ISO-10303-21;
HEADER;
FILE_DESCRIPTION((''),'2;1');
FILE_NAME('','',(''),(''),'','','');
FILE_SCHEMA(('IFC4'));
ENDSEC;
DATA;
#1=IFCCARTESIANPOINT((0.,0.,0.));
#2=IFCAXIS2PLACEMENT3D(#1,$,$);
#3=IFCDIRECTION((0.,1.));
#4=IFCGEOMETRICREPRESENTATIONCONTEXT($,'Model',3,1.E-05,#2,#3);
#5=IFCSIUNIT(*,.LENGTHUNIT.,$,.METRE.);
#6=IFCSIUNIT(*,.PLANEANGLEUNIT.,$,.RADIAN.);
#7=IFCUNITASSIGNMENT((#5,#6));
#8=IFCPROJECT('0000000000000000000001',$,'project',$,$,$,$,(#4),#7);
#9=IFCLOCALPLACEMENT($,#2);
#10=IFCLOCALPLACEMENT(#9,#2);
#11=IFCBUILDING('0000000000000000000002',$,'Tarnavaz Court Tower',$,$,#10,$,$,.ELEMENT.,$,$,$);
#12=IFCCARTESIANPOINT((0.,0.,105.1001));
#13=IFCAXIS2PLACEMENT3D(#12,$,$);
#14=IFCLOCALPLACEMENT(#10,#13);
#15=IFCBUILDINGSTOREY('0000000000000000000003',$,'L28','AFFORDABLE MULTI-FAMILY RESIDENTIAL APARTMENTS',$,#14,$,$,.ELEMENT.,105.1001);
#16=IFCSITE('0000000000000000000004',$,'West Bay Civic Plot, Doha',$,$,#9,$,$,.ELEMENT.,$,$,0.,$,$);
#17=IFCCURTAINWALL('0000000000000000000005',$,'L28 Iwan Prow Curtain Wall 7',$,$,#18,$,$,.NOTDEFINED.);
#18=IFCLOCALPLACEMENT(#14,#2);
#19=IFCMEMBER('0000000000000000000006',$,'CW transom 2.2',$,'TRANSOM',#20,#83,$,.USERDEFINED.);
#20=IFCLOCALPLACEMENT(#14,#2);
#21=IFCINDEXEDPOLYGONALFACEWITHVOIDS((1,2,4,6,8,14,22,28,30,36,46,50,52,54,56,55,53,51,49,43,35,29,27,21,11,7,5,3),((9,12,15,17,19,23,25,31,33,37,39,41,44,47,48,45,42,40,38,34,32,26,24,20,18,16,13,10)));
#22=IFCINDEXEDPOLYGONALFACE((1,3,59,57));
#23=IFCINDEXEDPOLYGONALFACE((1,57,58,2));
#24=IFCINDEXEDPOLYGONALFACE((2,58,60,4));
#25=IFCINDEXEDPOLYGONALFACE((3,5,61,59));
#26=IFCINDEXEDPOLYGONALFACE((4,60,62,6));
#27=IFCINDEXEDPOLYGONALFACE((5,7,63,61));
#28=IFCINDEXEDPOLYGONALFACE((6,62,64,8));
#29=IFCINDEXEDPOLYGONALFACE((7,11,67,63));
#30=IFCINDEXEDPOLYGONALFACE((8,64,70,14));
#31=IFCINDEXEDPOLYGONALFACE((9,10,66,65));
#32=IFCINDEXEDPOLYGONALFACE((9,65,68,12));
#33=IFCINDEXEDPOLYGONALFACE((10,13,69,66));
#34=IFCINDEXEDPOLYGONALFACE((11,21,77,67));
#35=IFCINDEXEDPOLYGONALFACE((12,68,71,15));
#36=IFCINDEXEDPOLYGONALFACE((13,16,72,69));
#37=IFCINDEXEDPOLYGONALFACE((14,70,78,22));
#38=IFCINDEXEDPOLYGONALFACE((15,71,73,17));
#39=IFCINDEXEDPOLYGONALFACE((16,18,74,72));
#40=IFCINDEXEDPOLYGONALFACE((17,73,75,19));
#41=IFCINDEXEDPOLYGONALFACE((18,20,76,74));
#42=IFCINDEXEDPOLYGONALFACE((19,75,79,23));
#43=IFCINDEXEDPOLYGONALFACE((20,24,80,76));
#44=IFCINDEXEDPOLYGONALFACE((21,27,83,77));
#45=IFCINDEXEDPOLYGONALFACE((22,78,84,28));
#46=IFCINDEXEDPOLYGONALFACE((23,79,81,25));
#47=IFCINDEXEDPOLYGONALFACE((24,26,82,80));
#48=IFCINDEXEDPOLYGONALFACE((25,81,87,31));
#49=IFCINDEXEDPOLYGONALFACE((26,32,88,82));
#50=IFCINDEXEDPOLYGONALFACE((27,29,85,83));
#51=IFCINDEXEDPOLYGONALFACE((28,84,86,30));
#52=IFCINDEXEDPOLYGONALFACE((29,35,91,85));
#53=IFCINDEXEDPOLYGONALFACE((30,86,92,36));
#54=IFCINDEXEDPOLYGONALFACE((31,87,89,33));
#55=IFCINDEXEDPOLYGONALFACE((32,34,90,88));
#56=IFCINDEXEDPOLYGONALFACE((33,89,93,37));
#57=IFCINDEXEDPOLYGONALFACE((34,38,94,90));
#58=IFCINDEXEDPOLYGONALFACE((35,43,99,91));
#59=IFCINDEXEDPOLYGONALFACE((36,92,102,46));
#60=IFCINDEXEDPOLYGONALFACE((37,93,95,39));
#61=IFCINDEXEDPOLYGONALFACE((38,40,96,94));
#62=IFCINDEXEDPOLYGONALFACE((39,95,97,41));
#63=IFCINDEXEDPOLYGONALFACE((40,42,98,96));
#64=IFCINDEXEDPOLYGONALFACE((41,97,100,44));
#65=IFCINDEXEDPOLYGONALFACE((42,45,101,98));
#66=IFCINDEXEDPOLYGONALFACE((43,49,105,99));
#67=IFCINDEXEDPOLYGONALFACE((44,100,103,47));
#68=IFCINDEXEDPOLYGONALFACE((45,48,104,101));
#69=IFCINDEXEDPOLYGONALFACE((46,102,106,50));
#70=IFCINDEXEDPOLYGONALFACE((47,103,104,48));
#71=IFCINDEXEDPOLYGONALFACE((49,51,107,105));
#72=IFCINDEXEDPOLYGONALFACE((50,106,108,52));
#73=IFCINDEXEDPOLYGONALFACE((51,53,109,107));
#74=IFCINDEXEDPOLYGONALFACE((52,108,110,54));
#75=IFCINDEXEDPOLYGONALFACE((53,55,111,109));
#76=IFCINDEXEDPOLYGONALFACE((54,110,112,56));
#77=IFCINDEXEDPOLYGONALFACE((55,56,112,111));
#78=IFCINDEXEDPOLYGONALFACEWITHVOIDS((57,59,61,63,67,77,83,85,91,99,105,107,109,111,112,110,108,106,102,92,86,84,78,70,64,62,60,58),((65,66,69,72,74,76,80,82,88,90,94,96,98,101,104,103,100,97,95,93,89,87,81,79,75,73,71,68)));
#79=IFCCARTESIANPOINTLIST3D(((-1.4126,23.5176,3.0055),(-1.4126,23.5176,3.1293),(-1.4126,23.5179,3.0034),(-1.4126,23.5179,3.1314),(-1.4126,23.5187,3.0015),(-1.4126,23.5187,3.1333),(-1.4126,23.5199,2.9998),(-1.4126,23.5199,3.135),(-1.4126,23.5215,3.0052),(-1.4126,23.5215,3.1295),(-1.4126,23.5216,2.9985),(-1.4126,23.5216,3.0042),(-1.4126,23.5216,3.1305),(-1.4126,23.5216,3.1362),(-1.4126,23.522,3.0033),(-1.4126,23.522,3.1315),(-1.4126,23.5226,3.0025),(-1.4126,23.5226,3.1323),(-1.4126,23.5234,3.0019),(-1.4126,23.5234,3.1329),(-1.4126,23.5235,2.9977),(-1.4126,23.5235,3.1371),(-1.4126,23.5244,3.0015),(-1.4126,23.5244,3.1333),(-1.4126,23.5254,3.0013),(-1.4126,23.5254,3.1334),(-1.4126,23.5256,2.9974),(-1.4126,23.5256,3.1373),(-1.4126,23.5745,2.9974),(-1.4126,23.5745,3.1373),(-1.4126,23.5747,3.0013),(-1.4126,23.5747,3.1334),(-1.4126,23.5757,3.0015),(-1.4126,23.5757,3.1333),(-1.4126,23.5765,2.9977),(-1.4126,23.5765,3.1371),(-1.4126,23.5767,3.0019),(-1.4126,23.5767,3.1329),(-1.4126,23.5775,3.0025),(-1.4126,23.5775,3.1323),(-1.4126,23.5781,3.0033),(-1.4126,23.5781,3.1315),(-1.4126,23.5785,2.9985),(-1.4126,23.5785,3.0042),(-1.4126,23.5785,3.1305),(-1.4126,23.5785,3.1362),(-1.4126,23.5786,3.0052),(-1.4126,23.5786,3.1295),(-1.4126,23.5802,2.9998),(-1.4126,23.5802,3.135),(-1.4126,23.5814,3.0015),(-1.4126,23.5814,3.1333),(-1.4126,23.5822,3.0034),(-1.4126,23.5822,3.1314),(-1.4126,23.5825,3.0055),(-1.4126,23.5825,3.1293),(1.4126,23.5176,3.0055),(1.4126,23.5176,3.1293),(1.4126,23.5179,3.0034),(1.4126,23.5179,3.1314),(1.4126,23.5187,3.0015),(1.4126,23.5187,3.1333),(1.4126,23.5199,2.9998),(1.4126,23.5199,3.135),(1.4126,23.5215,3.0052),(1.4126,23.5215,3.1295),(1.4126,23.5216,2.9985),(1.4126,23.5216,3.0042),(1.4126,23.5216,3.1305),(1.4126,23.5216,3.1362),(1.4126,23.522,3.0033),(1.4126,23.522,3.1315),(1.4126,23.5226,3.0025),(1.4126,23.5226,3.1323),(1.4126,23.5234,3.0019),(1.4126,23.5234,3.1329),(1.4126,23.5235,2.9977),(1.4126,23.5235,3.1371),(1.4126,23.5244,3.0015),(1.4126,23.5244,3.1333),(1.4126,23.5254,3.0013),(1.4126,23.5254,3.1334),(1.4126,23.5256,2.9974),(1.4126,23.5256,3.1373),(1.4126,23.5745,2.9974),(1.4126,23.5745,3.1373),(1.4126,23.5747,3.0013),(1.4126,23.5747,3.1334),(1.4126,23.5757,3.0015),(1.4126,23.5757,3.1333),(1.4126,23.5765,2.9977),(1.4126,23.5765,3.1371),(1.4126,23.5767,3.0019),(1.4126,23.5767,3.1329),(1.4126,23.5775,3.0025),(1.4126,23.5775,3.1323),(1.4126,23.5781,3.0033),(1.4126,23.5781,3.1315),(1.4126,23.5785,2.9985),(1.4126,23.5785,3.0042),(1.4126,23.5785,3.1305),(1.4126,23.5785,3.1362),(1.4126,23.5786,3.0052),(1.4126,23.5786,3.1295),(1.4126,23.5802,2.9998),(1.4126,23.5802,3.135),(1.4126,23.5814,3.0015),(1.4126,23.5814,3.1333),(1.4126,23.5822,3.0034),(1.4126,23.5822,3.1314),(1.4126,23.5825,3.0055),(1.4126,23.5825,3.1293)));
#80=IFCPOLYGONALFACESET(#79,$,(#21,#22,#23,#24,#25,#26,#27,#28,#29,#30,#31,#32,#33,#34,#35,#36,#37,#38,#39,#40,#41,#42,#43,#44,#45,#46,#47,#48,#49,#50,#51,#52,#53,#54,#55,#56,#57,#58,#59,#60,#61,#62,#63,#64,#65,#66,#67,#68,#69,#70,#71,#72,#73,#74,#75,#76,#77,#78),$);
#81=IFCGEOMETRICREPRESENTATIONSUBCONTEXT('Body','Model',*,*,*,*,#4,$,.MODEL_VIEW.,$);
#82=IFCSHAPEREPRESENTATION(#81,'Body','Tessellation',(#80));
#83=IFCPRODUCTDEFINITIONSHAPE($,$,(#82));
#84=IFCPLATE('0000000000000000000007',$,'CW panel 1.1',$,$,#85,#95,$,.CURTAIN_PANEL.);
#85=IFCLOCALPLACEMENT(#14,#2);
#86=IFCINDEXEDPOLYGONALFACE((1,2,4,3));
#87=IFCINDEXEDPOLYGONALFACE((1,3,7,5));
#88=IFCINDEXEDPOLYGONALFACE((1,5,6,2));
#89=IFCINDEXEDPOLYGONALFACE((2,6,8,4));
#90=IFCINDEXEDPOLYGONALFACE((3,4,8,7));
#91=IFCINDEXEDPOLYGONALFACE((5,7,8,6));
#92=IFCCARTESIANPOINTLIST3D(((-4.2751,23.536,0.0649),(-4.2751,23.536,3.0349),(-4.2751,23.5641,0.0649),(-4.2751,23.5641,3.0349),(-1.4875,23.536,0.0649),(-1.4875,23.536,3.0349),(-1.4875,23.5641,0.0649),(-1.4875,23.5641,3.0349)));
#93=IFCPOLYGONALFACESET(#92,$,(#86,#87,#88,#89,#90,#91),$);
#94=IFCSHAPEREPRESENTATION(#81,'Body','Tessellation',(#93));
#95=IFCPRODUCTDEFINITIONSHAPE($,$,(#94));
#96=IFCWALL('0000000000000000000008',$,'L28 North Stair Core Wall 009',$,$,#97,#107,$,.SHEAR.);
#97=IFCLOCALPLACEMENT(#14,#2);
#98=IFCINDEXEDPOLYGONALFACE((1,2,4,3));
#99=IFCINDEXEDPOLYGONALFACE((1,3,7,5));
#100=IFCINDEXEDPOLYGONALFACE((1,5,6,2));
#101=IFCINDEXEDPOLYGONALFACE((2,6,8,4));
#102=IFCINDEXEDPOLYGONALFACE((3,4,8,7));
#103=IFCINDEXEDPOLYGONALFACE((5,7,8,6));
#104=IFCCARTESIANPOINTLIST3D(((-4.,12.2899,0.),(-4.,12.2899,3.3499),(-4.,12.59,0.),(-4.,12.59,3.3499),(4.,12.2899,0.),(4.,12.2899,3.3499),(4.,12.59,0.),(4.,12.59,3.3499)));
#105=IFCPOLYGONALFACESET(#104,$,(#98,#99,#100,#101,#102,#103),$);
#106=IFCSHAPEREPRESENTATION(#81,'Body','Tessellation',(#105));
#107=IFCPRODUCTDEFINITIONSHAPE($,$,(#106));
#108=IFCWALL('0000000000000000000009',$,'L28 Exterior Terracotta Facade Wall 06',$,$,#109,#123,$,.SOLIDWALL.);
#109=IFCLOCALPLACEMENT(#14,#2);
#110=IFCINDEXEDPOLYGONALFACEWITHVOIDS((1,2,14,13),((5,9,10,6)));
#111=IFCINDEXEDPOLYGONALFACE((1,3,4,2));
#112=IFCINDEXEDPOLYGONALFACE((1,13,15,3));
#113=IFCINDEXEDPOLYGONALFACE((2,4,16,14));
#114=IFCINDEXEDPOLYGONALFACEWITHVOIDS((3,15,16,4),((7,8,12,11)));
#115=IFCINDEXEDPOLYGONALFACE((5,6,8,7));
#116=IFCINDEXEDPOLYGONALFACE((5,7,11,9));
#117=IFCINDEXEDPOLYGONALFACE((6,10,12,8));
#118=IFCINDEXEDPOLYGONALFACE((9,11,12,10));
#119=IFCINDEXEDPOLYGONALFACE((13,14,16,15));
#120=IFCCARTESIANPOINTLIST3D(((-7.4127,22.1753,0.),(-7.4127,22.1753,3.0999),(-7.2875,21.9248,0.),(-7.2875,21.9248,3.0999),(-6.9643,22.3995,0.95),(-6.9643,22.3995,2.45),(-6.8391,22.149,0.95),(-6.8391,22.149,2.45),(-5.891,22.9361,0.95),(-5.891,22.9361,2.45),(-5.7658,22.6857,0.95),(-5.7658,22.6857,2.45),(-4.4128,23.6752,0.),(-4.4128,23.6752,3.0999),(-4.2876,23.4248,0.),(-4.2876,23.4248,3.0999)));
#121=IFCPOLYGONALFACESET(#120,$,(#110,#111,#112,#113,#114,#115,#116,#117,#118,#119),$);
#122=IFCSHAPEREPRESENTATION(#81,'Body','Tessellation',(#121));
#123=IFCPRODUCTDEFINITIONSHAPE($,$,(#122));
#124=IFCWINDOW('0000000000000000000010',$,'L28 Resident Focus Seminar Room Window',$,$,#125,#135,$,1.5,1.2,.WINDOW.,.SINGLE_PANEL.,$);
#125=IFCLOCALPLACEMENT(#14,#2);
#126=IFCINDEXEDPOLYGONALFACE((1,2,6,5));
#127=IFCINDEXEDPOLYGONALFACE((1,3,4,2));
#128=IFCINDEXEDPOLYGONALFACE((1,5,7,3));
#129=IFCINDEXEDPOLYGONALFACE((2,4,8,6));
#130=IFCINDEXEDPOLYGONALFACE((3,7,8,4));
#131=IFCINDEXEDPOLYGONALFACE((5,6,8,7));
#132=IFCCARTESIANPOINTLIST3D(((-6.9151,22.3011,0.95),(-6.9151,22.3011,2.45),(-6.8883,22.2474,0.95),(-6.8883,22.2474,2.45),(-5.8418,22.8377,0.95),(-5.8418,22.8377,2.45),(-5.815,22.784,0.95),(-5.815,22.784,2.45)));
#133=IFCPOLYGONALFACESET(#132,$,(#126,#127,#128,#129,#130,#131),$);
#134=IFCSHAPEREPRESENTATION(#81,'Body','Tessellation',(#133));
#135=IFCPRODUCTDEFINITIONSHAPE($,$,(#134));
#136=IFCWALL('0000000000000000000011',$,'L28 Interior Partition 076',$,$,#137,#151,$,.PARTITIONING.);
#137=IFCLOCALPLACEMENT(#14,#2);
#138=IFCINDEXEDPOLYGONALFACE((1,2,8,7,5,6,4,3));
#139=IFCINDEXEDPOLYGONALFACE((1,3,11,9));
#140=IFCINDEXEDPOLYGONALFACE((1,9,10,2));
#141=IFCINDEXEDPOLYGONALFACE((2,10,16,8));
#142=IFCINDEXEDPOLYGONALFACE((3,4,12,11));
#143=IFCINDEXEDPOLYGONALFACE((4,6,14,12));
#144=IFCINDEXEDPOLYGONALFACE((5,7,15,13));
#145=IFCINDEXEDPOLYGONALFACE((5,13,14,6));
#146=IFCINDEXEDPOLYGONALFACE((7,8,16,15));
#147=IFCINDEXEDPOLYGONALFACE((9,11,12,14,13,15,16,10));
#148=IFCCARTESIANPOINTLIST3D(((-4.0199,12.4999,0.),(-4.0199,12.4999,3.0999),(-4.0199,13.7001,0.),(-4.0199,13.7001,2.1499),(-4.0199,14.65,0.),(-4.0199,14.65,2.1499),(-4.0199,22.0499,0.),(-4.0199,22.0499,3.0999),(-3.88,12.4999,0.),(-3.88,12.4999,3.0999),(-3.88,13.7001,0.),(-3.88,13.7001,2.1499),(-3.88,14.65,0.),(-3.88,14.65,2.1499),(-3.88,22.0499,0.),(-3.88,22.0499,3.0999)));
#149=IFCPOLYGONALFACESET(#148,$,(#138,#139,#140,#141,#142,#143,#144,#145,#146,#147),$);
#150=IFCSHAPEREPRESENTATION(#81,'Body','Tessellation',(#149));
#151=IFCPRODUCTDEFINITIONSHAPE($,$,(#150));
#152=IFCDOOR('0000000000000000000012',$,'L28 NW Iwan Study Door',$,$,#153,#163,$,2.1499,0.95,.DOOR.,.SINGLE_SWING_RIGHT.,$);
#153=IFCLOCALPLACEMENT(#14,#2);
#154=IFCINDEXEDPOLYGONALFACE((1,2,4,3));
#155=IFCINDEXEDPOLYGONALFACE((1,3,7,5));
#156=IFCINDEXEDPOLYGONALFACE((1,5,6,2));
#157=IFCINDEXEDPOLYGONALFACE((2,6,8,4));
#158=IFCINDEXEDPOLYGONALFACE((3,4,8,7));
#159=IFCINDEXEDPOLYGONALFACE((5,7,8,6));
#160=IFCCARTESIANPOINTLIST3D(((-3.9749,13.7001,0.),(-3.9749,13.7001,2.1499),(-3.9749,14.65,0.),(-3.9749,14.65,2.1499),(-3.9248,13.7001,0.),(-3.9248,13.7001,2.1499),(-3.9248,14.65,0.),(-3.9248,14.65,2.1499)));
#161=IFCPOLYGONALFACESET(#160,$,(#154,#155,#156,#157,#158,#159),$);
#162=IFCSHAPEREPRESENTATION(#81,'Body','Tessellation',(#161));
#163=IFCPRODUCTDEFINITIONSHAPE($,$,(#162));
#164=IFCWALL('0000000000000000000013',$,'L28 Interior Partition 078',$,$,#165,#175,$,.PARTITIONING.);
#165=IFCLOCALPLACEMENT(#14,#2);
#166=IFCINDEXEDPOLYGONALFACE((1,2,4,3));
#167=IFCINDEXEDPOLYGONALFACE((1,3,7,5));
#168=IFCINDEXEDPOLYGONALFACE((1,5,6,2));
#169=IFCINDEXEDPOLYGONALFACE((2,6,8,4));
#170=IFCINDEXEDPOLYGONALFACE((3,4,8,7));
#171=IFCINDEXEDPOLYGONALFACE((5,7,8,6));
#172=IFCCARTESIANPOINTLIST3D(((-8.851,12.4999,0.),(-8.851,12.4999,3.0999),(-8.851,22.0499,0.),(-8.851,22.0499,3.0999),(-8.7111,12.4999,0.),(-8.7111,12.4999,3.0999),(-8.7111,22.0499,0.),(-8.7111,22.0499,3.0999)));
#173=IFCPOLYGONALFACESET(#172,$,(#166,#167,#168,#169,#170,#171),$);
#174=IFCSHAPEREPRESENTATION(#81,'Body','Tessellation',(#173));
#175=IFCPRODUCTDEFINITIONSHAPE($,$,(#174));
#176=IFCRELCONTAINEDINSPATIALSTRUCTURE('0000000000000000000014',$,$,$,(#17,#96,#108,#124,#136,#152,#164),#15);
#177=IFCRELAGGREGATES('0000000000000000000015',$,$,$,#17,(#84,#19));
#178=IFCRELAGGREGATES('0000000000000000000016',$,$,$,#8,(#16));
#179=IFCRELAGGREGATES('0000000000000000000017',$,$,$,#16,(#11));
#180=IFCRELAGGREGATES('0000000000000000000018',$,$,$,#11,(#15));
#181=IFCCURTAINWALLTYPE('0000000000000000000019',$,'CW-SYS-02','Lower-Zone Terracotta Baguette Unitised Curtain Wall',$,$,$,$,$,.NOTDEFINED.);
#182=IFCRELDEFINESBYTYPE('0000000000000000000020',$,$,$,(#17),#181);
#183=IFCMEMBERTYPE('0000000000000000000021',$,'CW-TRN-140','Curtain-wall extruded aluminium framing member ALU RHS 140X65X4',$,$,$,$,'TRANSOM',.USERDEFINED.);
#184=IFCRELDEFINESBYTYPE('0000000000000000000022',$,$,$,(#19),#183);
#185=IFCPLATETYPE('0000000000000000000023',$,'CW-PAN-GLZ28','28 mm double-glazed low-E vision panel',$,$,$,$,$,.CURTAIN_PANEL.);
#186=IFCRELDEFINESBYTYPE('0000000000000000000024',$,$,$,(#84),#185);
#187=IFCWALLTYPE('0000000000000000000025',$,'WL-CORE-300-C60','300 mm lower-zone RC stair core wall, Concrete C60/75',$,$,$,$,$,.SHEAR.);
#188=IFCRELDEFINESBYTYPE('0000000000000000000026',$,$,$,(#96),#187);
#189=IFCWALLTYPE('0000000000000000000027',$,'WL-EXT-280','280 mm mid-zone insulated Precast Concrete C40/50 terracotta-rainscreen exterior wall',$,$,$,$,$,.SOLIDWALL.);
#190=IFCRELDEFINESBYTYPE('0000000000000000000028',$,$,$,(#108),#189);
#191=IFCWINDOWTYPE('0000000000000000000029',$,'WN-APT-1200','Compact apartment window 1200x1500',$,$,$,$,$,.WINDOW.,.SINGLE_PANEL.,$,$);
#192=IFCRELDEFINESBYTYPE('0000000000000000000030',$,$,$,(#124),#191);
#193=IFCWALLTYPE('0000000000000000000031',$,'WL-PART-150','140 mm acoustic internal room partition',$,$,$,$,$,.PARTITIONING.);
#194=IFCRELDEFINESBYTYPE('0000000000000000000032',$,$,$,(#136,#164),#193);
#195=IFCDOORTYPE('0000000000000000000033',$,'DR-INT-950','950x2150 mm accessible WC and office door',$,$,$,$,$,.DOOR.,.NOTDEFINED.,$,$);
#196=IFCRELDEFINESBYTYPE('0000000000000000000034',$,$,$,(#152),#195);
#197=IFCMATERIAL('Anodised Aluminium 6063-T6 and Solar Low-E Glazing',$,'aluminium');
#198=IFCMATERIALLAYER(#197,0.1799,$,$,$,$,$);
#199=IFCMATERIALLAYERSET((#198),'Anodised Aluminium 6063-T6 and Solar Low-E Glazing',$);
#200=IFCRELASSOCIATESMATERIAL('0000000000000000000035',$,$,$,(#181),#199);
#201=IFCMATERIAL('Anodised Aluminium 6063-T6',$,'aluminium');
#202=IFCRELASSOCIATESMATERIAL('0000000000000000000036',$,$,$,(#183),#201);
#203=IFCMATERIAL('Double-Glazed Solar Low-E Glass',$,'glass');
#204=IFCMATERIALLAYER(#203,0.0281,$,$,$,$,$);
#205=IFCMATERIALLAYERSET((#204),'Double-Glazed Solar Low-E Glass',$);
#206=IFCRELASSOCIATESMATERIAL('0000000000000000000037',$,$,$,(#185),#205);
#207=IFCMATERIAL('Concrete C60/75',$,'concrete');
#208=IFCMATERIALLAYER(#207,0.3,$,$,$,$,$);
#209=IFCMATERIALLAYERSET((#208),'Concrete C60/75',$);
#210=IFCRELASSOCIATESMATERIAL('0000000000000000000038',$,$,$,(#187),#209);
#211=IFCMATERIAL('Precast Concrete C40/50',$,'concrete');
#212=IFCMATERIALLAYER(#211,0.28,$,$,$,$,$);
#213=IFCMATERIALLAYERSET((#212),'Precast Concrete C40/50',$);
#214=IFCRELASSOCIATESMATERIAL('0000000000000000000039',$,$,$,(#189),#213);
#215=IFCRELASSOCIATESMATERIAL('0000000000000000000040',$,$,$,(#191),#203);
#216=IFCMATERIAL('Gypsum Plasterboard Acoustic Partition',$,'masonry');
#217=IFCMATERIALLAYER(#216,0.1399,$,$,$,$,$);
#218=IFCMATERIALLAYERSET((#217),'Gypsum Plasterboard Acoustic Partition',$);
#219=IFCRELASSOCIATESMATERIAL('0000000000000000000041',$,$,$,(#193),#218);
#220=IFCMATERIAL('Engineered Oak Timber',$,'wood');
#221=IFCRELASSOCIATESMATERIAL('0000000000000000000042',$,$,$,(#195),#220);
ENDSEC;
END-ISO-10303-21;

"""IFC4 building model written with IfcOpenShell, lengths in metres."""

from ifc_helpers import new_model, si_unit, direction, frame, frame_2d, origin, origin_2d, place, context, subcontext, project, spatial, rectangle, hollow_rectangle, extrude, material, layer, layer_set, material_profile, profile_set, type_object, element, fill, aggregate, save


model = new_model("IFC4")

# Units and contexts
model_context = context("Model", 3, precision=1e-05, world=origin(), true_north=direction((0.0, 1.0)))
body_context = subcontext(model_context, "Body", "Model", "MODEL_VIEW")
ifc_project = project(units=[si_unit("LENGTHUNIT", "METRE"), si_unit("PLANEANGLEUNIT", "RADIAN")], contexts=[model_context])

# Site, building, storey
site_placement = place(None, origin())
site = spatial("IfcSite", under=ifc_project, at=site_placement, Name="West Bay Civic Plot, Doha", CompositionType="ELEMENT", RefElevation=0.0)
building_placement = place(site_placement, origin())
building = spatial("IfcBuilding", under=site, at=building_placement, Name="Tarnavaz Court Tower", CompositionType="ELEMENT")
storey_placement = place(building_placement, frame((0.0, 0.0, 105.1001)))
storey = spatial("IfcBuildingStorey", under=building, at=storey_placement, Name="L28", Description="AFFORDABLE MULTI-FAMILY RESIDENTIAL APARTMENTS", CompositionType="ELEMENT", Elevation=105.1001)

# Shared definitions
ifc_material_1 = material(Name="Concrete C60/75", Category="concrete")

# Curtain wall, member, plate
ifc_material_2 = material(Name="Anodised Aluminium 6063-T6 and Solar Low-E Glazing", Category="aluminium")
ifc_layer_1 = layer(ifc_material_2, 0.1799)
ifc_layer_set_1 = layer_set([ifc_layer_1], Name="Anodised Aluminium 6063-T6 and Solar Low-E Glazing")
curtain_wall_type = type_object("IfcCurtainWallType", Name="CW-SYS-02", Description="Lower-Zone Terracotta Baguette Unitised Curtain Wall", PredefinedType="NOTDEFINED", material=ifc_layer_set_1)
curtain_wall_placement = place(storey_placement, origin())
curtain_wall = element("IfcCurtainWall", 1, at=curtain_wall_placement, inside=storey, type_object=curtain_wall_type, Name="L28 Iwan Prow Curtain Wall 7", PredefinedType="NOTDEFINED")
ifc_material_3 = material(Name="Anodised Aluminium 6063-T6", Category="aluminium")
ifc_material_profile_1 = material_profile(ifc_material_3, hollow_rectangle(XDim=0.0649, YDim=0.1399, WallThickness=0.0039, InnerFilletRadius=0.0039, OuterFilletRadius=0.0081, at=origin_2d()), Name="ALU RHS 140X65X4")
ifc_profile_set_1 = profile_set([ifc_material_profile_1], Name="Anodised Aluminium 6063-T6")
member_type_1 = type_object("IfcMemberType", Name="CW-TRN-140", Description="Curtain-wall extruded aluminium framing member ALU RHS 140X65X4", ElementType="TRANSOM", PredefinedType="USERDEFINED", material=ifc_profile_set_1)
member_1_placement = place(storey_placement, frame((-1.4126, 23.55, 3.0674), z_axis=(1.0, 0.0, 0.0), x_axis=(0.0, 1.0, 0.0)))
member_1 = element("IfcMember", 2, at=member_1_placement, type_object=member_type_1, Name="CW transom 2.2", ObjectType="TRANSOM", PredefinedType="USERDEFINED", context=body_context, shape_type="SweptSolid", body=[
    extrude(hollow_rectangle(XDim=0.0649, YDim=0.1399, WallThickness=0.0039, InnerFilletRadius=0.0039, OuterFilletRadius=0.0081, at=origin_2d()), origin(), (0.0, 0.0, 1.0), 2.8252),
])
ifc_material_4 = material(Name="Double-Glazed Solar Low-E Glass", Category="glass")
ifc_layer_2 = layer(ifc_material_4, 0.0281)
ifc_layer_set_2 = layer_set([ifc_layer_2], Name="Double-Glazed Solar Low-E Glass")
plate_type = type_object("IfcPlateType", Name="CW-PAN-GLZ28", Description="28 mm double-glazed low-E vision panel", PredefinedType="CURTAIN_PANEL", material=ifc_layer_set_2)
plate_placement = place(storey_placement, frame((-2.8813, 23.55, 0.0649), z_axis=(0.0, 0.0, 1.0), x_axis=(1.0, 0.0, 0.0)))
plate = element("IfcPlate", 3, at=plate_placement, type_object=plate_type, Name="CW panel 1.1", PredefinedType="CURTAIN_PANEL", context=body_context, shape_type="SweptSolid", body=[
    extrude(rectangle(XDim=2.7876, YDim=0.0281, at=origin_2d()), origin(), (0.0, 0.0, 1.0), 2.97),
])
aggregate(curtain_wall, [plate, member_1])

# Wall
ifc_layer_3 = layer(ifc_material_1, 0.3)
ifc_layer_set_3 = layer_set([ifc_layer_3], Name="Concrete C60/75")
wall_type_1 = type_object("IfcWallType", Name="WL-CORE-300-C60", Description="300 mm lower-zone RC stair core wall, Concrete C60/75", PredefinedType="SHEAR", material=ifc_layer_set_3)
wall_1_placement = place(storey_placement, frame((-4.0, 12.4399, 0.0), z_axis=(0.0, 0.0, 1.0), x_axis=(1.0, 0.0, 0.0)))
element("IfcWall", 4, at=wall_1_placement, inside=storey, type_object=wall_type_1, Name="L28 North Stair Core Wall 009", PredefinedType="SHEAR", context=body_context, shape_type="SweptSolid", body=[
    extrude(rectangle(XDim=8.0, YDim=0.3, at=frame_2d((4.0, 0.0))), origin(), (0.0, 0.0, 1.0), 3.3499),
])

# Wall, opening, window
ifc_material_5 = material(Name="Precast Concrete C40/50", Category="concrete")
ifc_layer_4 = layer(ifc_material_5, 0.28)
ifc_layer_set_4 = layer_set([ifc_layer_4], Name="Precast Concrete C40/50")
wall_type_2 = type_object("IfcWallType", Name="WL-EXT-280", Description="280 mm mid-zone insulated Precast Concrete C40/50 terracotta-rainscreen exterior wall", PredefinedType="SOLIDWALL", material=ifc_layer_set_4)
wall_2_placement = place(storey_placement, frame((-7.3501, 22.05, 0.0), z_axis=(0.0, 0.0, 1.0), x_axis=(0.894427, 0.447214, 0.0)))
wall_2 = element("IfcWall", 5, at=wall_2_placement, inside=storey, type_object=wall_type_2, Name="L28 Exterior Terracotta Facade Wall 06", PredefinedType="SOLIDWALL", context=body_context, shape_type="SweptSolid", body=[
    extrude(rectangle(XDim=3.354, YDim=0.28, at=frame_2d((1.677, 0.0))), origin(), (0.0, 0.0, 1.0), 3.0999),
])
opening_1_placement = place(wall_2_placement, frame((0.5012, 0.0, 0.95)))
opening_1 = element("IfcOpeningElement", 6, at=opening_1_placement, cuts=wall_2, PredefinedType="OPENING", context=body_context, shape_type="SweptSolid", body=[
    extrude(rectangle(XDim=1.2, YDim=1.5, at=frame_2d((0.6001, 0.75))), frame((0.0, 0.1499, 0.0), z_axis=(0.0, -1.0, 0.0), x_axis=(1.0, 0.0, 0.0)), (0.0, 0.0, 1.0), 0.3),
])
window_type = type_object("IfcWindowType", Name="WN-APT-1200", Description="Compact apartment window 1200x1500", PartitioningType="SINGLE_PANEL", PredefinedType="WINDOW", material=ifc_material_4)
window_placement = place(opening_1_placement, origin())
window = element("IfcWindow", 7, at=window_placement, inside=storey, type_object=window_type, Name="L28 Resident Focus Seminar Room Window", OverallHeight=1.5, OverallWidth=1.2, PartitioningType="SINGLE_PANEL", PredefinedType="WINDOW", context=body_context, shape_type="SweptSolid", body=[
    extrude(rectangle(XDim=1.2, YDim=1.5, at=frame_2d((0.6001, 0.75))), frame((0.0, 0.03, 0.0), z_axis=(0.0, -1.0, 0.0), x_axis=(1.0, 0.0, 0.0)), (0.0, 0.0, 1.0), 0.0601),
])
fill(opening_1, window)

# Wall, opening, door
ifc_material_6 = material(Name="Gypsum Plasterboard Acoustic Partition", Category="masonry")
ifc_layer_5 = layer(ifc_material_6, 0.1399)
ifc_layer_set_5 = layer_set([ifc_layer_5], Name="Gypsum Plasterboard Acoustic Partition")
wall_type_3 = type_object("IfcWallType", Name="WL-PART-150", Description="140 mm acoustic internal room partition", PredefinedType="PARTITIONING", material=ifc_layer_set_5)
wall_3_placement = place(storey_placement, frame((-3.95, 12.5, 0.0), z_axis=(0.0, 0.0, 1.0), x_axis=(0.0, 1.0, 0.0)))
wall_3 = element("IfcWall", 8, at=wall_3_placement, inside=storey, type_object=wall_type_3, Name="L28 Interior Partition 076", PredefinedType="PARTITIONING", context=body_context, shape_type="SweptSolid", body=[
    extrude(rectangle(XDim=9.55, YDim=0.1399, at=frame_2d((4.7749, 0.0))), origin(), (0.0, 0.0, 1.0), 3.0999),
])
opening_2_placement = place(wall_3_placement, frame((1.2, 0.0, 0.0)))
opening_2 = element("IfcOpeningElement", 9, at=opening_2_placement, cuts=wall_3, PredefinedType="OPENING", context=body_context, shape_type="SweptSolid", body=[
    extrude(rectangle(XDim=0.95, YDim=2.1499, at=frame_2d((0.4751, 1.075))), frame((0.0, 0.0798, 0.0), z_axis=(0.0, -1.0, 0.0), x_axis=(1.0, 0.0, 0.0)), (0.0, 0.0, 1.0), 0.1599),
])
ifc_material_7 = material(Name="Engineered Oak Timber", Category="wood")
door_type = type_object("IfcDoorType", Name="DR-INT-950", Description="950x2150 mm accessible WC and office door", OperationType="NOTDEFINED", PredefinedType="DOOR", material=ifc_material_7)
door_placement = place(opening_2_placement, origin())
door = element("IfcDoor", 10, at=door_placement, inside=storey, type_object=door_type, Name="L28 NW Iwan Study Door", OperationType="SINGLE_SWING_RIGHT", OverallHeight=2.1499, OverallWidth=0.95, PredefinedType="DOOR", context=body_context, shape_type="SweptSolid", body=[
    extrude(rectangle(XDim=0.95, YDim=2.1499, at=frame_2d((0.4751, 1.075))), frame((0.0, 0.0249, 0.0), z_axis=(0.0, -1.0, 0.0), x_axis=(1.0, 0.0, 0.0)), (0.0, 0.0, 1.0), 0.05),
])
fill(opening_2, door)

# Wall
wall_4_placement = place(storey_placement, frame((-8.781, 12.5, 0.0), z_axis=(0.0, 0.0, 1.0), x_axis=(0.0, 1.0, 0.0)))
element("IfcWall", 11, at=wall_4_placement, inside=storey, type_object=wall_type_3, Name="L28 Interior Partition 078", PredefinedType="PARTITIONING", context=body_context, shape_type="SweptSolid", body=[
    extrude(rectangle(XDim=9.55, YDim=0.1399, at=frame_2d((4.7749, 0.0))), origin(), (0.0, 0.0, 1.0), 3.0999),
])

save(model, "model.ifc")
